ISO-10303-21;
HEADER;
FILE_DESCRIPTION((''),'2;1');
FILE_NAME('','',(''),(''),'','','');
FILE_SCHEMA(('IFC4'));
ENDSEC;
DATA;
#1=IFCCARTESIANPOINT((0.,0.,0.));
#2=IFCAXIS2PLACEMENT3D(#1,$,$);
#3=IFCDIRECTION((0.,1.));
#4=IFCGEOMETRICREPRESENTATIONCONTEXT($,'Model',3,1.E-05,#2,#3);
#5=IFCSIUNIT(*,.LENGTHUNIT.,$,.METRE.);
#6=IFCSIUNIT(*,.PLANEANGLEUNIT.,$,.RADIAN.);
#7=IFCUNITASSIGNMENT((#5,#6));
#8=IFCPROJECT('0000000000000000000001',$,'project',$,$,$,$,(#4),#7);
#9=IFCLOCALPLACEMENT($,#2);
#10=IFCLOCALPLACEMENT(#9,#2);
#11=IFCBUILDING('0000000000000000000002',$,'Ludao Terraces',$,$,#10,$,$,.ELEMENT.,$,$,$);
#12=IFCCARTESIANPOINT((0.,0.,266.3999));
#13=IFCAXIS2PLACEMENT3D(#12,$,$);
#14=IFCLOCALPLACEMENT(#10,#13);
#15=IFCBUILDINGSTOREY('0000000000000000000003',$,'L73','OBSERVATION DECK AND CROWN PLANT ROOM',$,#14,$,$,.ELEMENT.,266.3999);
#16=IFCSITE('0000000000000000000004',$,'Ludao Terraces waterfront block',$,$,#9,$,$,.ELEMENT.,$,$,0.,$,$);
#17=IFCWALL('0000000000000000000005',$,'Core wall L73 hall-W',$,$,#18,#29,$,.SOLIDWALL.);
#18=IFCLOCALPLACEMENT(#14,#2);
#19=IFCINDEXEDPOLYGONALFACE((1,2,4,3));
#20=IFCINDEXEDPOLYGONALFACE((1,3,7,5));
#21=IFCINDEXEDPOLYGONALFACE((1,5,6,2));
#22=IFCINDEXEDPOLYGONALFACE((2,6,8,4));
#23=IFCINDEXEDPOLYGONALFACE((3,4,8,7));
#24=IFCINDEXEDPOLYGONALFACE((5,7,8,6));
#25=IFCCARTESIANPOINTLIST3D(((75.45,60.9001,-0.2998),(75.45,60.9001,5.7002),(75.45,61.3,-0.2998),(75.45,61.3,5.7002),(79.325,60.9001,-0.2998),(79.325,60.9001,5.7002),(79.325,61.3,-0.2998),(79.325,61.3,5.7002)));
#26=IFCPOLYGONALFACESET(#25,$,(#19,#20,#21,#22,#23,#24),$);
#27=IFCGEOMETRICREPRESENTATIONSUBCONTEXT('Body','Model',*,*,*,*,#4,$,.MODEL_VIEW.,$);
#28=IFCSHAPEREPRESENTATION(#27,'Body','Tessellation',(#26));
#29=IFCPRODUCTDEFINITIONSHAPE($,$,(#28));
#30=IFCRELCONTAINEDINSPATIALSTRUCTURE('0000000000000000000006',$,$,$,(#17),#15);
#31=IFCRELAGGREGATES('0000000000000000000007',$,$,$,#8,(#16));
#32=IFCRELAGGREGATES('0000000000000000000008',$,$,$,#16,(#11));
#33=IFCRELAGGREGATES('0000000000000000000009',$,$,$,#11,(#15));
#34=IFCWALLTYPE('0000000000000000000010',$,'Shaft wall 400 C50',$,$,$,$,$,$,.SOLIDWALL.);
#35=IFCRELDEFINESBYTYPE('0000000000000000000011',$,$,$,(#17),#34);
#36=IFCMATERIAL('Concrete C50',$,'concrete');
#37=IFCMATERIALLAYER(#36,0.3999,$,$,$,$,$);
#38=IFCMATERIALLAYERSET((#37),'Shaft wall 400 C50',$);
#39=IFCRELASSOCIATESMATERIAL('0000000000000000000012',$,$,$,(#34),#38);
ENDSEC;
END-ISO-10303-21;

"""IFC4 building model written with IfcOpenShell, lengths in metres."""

from ifc_helpers import new_model, si_unit, direction, frame, frame_2d, origin, place, context, subcontext, project, spatial, rectangle, extrude, material, layer, layer_set, type_object, element, save


model = new_model("IFC4")

# Units and contexts
model_context = context("Model", 3, precision=1e-05, world=origin(), true_north=direction((0.0, 1.0)))
body_context = subcontext(model_context, "Body", "Model", "MODEL_VIEW")
ifc_project = project(units=[si_unit("LENGTHUNIT", "METRE"), si_unit("PLANEANGLEUNIT", "RADIAN")], contexts=[model_context])

# Site, building, storey
site_placement = place(None, origin())
site = spatial("IfcSite", under=ifc_project, at=site_placement, Name="Ludao Terraces waterfront block", CompositionType="ELEMENT", RefElevation=0.0)
building_placement = place(site_placement, origin())
building = spatial("IfcBuilding", under=site, at=building_placement, Name="Ludao Terraces", CompositionType="ELEMENT")
storey_placement = place(building_placement, frame((0.0, 0.0, 266.3999)))
storey = spatial("IfcBuildingStorey", under=building, at=storey_placement, Name="L73", Description="OBSERVATION DECK AND CROWN PLANT ROOM", CompositionType="ELEMENT", Elevation=266.3999)

# Shared definitions
ifc_material_1 = material(Name="Concrete C50", Category="concrete")

# Wall
ifc_layer_1 = layer(ifc_material_1, 0.3999)
ifc_layer_set_1 = layer_set([ifc_layer_1], Name="Shaft wall 400 C50")
wall_type_1 = type_object("IfcWallType", Name="Shaft wall 400 C50", PredefinedType="SOLIDWALL", material=ifc_layer_set_1)
wall_1_placement = place(storey_placement, frame((75.45, 61.1001, -0.2998), z_axis=(0.0, 0.0, 1.0), x_axis=(1.0, 0.0, 0.0)))
element("IfcWall", 1, at=wall_1_placement, inside=storey, type_object=wall_type_1, Name="Core wall L73 hall-W", PredefinedType="SOLIDWALL", context=body_context, shape_type="SweptSolid", body=[
    extrude(rectangle(XDim=3.875, YDim=0.3999, at=frame_2d((1.9375, 0.0))), origin(), (0.0, 0.0, 1.0), 6.0),
])

save(model, "model.ifc")
